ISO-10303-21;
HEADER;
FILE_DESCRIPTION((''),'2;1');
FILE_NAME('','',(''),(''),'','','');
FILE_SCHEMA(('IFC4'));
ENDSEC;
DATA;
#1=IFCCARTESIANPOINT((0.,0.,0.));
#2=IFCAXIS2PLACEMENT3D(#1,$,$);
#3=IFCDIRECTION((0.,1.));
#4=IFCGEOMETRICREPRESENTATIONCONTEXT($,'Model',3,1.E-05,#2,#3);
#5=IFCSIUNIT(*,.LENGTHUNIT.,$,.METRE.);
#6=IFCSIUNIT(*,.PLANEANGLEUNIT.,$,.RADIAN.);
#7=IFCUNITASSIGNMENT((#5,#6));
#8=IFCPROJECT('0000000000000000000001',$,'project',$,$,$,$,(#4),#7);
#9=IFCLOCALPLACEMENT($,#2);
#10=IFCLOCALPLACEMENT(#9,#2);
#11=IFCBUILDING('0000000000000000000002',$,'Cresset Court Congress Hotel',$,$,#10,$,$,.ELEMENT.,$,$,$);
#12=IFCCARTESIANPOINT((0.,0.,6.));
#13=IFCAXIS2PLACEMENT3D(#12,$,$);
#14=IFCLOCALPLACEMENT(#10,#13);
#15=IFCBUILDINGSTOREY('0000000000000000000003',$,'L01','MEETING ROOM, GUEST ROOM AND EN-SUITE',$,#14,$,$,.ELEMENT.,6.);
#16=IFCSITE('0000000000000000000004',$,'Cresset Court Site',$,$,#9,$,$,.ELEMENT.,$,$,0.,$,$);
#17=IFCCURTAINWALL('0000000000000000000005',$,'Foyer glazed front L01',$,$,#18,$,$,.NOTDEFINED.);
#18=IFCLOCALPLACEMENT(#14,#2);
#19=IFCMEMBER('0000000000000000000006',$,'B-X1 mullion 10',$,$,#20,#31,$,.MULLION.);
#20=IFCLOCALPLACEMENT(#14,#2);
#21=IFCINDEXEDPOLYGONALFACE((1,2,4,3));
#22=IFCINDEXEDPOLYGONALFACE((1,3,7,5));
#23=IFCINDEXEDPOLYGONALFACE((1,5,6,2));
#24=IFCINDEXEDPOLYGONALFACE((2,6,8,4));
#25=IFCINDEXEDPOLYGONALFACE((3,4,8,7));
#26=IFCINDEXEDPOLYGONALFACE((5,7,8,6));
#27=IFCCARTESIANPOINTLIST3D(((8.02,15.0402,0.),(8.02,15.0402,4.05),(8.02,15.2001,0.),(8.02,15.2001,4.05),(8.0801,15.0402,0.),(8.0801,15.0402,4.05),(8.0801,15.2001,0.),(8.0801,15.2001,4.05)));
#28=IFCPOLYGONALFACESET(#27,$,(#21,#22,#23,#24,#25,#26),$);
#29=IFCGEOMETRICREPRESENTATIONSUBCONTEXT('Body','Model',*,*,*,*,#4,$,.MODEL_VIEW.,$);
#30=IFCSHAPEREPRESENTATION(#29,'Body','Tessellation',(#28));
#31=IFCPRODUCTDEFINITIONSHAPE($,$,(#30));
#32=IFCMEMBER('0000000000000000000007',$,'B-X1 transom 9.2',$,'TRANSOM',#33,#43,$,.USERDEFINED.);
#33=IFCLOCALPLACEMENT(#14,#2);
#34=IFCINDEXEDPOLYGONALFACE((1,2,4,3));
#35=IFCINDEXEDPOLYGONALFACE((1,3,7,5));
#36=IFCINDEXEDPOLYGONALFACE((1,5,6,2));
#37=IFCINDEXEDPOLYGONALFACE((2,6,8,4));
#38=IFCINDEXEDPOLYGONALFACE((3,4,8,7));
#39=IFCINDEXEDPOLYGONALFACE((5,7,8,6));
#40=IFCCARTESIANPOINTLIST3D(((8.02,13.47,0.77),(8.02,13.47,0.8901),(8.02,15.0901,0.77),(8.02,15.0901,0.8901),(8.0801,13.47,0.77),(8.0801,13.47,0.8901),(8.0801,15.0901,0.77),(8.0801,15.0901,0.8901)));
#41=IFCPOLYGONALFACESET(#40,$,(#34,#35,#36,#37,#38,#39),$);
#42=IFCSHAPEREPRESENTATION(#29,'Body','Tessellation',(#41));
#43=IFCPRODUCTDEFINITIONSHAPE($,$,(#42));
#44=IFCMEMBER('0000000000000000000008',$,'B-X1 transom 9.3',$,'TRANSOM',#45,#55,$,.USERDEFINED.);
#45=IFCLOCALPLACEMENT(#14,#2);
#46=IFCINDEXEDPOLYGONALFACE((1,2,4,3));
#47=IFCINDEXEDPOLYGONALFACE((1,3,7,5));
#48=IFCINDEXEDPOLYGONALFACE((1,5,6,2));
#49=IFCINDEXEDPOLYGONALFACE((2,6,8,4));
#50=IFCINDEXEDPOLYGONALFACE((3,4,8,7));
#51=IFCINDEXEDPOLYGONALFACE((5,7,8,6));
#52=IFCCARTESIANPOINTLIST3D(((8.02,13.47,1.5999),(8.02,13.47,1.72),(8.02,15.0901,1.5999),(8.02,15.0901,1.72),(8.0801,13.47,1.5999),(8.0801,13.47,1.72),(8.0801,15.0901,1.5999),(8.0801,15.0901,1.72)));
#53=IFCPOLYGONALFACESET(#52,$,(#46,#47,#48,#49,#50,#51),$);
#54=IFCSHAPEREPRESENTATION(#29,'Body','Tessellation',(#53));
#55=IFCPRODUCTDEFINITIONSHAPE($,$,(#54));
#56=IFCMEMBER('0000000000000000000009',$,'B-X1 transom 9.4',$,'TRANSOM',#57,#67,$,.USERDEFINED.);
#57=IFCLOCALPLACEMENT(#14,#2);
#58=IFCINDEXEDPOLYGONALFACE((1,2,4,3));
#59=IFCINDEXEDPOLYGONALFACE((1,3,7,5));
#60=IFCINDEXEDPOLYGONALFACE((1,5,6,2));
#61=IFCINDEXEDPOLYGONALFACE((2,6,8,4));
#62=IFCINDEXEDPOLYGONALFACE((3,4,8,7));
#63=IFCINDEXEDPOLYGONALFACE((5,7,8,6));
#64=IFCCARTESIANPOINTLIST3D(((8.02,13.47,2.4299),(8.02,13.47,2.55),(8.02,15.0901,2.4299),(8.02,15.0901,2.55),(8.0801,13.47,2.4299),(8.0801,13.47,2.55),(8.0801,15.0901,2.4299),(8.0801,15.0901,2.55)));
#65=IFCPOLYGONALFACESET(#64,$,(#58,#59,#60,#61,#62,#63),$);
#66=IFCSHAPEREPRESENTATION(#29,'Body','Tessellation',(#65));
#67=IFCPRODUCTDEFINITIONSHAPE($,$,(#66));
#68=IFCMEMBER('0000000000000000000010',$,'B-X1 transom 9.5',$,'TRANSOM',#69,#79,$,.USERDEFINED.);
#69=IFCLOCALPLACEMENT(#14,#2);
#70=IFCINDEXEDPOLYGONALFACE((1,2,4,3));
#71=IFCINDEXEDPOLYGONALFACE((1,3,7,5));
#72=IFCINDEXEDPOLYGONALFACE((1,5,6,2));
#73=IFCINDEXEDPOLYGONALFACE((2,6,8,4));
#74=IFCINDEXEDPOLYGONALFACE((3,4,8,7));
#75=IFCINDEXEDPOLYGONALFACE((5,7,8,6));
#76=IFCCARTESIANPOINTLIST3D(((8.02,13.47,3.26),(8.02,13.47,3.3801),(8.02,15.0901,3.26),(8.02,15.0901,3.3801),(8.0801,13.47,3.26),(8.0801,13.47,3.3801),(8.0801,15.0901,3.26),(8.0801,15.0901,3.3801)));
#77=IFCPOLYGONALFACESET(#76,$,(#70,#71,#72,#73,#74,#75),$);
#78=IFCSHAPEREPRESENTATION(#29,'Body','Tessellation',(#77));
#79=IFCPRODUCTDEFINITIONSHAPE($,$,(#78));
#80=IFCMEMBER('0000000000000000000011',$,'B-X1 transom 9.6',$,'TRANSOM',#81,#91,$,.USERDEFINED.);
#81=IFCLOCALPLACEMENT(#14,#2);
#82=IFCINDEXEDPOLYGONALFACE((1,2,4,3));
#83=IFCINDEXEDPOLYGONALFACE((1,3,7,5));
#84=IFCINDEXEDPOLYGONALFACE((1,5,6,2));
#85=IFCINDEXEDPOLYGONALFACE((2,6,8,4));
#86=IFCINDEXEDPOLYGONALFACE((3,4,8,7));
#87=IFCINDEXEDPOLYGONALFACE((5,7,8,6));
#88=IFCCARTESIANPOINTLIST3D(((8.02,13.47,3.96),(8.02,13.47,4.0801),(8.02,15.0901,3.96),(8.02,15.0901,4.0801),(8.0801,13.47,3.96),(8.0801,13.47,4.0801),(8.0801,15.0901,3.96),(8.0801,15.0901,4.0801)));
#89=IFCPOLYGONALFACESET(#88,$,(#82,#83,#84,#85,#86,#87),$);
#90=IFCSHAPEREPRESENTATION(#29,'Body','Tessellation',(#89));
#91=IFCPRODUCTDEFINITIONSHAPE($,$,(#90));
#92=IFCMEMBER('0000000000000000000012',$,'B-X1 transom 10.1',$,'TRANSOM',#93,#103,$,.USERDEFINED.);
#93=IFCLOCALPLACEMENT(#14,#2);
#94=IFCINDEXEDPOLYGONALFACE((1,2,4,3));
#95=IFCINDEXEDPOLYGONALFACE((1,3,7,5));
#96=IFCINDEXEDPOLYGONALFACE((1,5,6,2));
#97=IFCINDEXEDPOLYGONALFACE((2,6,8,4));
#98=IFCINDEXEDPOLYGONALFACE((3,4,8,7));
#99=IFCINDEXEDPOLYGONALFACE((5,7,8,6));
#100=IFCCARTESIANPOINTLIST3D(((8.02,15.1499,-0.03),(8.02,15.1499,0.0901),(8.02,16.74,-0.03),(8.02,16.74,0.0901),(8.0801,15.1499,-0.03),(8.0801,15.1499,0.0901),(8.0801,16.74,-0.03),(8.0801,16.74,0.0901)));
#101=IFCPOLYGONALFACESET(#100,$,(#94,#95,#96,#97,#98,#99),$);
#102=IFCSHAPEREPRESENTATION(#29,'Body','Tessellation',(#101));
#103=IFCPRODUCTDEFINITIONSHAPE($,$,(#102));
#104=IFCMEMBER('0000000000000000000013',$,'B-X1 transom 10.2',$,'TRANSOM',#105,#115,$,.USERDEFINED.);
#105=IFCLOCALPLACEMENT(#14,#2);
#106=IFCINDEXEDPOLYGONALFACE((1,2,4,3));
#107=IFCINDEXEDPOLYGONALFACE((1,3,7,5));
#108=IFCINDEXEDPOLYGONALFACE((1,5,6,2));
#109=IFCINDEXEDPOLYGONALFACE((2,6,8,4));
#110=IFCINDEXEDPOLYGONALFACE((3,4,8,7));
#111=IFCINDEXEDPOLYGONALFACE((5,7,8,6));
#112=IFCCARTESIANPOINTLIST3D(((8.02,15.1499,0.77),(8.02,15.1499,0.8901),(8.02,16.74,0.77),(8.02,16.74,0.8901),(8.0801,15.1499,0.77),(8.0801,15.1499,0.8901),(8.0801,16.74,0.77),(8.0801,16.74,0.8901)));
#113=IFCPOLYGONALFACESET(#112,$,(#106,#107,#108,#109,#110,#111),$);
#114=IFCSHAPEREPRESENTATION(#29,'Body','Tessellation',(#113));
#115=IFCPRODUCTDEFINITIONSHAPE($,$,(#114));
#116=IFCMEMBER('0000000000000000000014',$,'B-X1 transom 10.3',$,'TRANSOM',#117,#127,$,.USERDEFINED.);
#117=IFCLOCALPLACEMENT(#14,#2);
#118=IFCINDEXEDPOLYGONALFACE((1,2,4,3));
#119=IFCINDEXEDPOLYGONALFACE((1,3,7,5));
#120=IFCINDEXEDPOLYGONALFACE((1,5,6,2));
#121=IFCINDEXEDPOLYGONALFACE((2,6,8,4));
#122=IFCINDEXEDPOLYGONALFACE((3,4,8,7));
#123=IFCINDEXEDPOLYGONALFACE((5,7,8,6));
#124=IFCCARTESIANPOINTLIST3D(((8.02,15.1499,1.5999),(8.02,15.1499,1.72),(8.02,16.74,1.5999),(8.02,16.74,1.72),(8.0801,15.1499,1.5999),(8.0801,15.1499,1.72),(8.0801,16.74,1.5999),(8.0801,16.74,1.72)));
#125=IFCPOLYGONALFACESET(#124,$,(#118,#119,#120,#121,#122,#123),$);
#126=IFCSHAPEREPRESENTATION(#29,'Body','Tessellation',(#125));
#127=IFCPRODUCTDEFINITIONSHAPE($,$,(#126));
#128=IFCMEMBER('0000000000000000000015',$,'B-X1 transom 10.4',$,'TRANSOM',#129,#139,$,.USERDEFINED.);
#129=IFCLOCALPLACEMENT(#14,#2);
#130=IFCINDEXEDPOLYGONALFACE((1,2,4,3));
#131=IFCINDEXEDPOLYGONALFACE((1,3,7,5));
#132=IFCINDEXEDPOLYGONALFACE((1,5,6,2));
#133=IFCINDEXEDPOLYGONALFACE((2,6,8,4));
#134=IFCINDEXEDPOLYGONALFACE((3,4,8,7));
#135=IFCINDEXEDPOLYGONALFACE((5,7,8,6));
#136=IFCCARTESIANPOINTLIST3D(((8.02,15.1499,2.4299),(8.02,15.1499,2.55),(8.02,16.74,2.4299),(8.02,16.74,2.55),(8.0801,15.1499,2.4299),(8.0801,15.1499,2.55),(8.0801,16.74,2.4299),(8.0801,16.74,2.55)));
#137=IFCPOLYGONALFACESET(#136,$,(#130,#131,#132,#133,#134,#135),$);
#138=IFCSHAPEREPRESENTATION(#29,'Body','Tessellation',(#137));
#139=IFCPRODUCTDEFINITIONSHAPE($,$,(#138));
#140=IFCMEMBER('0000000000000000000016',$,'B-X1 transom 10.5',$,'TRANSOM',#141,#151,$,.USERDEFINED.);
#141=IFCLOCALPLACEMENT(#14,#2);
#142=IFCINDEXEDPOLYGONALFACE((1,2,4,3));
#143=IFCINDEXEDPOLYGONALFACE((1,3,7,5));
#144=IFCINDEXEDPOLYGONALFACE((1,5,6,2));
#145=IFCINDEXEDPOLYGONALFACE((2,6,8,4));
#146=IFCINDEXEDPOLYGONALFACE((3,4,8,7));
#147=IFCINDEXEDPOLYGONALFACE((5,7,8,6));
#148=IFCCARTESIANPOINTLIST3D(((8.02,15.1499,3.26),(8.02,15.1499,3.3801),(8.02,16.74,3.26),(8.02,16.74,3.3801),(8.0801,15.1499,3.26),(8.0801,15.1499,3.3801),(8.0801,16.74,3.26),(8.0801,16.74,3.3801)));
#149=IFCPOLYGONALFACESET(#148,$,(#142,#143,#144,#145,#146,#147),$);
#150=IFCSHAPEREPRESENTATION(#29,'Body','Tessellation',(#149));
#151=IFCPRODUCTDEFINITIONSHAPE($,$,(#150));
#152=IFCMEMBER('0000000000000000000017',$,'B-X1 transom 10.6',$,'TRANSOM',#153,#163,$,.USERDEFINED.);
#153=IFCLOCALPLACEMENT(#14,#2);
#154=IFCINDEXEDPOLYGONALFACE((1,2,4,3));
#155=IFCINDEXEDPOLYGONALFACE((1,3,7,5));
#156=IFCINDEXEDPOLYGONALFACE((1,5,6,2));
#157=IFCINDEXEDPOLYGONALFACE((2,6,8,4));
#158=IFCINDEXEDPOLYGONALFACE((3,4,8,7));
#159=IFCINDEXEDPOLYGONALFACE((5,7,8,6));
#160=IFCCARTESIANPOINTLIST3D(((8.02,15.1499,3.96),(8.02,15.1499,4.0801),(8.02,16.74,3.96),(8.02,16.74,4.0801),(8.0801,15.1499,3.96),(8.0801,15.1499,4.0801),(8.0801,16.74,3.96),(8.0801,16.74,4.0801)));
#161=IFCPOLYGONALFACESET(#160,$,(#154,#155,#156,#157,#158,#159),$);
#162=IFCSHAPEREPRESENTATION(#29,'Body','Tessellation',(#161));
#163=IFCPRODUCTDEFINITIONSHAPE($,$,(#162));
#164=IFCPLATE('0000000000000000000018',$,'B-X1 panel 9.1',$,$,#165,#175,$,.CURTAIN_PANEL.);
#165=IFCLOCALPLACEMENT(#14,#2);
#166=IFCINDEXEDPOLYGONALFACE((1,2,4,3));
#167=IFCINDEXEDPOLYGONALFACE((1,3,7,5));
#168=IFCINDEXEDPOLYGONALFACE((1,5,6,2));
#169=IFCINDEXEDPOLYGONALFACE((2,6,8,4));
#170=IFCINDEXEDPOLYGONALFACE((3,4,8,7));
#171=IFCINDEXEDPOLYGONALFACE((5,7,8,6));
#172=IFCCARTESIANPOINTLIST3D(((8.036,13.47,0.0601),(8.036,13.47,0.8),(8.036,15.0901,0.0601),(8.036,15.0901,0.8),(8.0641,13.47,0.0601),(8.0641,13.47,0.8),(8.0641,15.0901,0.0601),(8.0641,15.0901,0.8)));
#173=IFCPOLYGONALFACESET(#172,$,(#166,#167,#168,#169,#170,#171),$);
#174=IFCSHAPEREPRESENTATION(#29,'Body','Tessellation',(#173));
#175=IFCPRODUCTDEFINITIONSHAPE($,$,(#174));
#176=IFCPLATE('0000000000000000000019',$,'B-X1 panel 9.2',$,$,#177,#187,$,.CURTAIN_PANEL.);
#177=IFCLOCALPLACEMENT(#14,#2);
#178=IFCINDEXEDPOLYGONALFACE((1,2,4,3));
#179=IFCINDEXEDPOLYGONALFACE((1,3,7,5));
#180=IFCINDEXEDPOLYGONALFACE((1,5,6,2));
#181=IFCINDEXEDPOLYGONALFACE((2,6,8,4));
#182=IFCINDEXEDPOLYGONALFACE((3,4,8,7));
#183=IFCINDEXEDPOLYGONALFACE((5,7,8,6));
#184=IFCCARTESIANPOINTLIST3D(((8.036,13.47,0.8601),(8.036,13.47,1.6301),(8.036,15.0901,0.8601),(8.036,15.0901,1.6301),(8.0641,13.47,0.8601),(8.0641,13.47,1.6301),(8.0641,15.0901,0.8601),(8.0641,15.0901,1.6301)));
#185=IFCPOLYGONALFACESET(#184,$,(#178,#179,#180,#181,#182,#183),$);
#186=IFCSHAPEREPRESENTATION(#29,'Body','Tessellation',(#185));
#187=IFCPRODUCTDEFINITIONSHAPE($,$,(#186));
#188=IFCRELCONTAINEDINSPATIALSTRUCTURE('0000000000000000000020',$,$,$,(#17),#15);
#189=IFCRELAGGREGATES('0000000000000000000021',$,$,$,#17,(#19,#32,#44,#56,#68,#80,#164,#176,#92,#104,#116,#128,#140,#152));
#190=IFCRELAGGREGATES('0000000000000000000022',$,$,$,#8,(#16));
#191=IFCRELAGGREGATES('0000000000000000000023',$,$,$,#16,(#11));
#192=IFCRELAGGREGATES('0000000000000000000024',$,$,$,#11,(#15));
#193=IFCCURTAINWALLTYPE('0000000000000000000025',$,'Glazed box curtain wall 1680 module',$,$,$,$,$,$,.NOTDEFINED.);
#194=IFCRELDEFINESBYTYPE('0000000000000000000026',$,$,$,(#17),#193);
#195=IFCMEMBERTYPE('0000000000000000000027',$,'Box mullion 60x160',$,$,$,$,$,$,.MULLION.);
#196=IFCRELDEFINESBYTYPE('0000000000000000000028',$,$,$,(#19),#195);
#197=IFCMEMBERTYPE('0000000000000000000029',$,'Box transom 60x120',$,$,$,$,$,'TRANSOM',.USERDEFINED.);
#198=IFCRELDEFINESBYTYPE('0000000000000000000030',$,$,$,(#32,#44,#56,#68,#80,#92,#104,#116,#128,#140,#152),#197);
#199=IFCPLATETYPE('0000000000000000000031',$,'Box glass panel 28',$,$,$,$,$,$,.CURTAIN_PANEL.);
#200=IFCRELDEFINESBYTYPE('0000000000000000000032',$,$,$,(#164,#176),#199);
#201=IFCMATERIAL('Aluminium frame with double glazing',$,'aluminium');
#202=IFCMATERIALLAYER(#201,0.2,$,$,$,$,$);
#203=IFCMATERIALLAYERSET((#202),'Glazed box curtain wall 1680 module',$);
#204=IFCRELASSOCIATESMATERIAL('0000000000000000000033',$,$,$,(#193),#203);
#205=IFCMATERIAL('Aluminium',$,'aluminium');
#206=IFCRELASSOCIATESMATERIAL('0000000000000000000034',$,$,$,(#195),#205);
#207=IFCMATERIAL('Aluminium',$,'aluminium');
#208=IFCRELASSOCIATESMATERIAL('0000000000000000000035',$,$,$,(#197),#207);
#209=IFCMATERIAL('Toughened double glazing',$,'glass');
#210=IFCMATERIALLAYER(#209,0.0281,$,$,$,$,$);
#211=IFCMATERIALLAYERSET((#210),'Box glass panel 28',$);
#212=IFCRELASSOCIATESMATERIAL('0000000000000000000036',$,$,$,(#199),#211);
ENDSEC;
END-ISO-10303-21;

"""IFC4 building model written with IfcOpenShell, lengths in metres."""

from ifc_helpers import new_model, si_unit, direction, frame, origin, origin_2d, place, context, subcontext, project, spatial, rectangle, extrude, material, layer, layer_set, material_profile, profile_set, type_object, element, aggregate, save


model = new_model("IFC4")

# Units and contexts
model_context = context("Model", 3, precision=1e-05, world=origin(), true_north=direction((0.0, 1.0)))
body_context = subcontext(model_context, "Body", "Model", "MODEL_VIEW")
ifc_project = project(units=[si_unit("LENGTHUNIT", "METRE"), si_unit("PLANEANGLEUNIT", "RADIAN")], contexts=[model_context])

# Site, building, storey
site_placement = place(None, origin())
site = spatial("IfcSite", under=ifc_project, at=site_placement, Name="Cresset Court Site", CompositionType="ELEMENT", RefElevation=0.0)
building_placement = place(site_placement, origin())
building = spatial("IfcBuilding", under=site, at=building_placement, Name="Cresset Court Congress Hotel", CompositionType="ELEMENT")
storey_placement = place(building_placement, frame((0.0, 0.0, 6.0)))
storey = spatial("IfcBuildingStorey", under=building, at=storey_placement, Name="L01", Description="MEETING ROOM, GUEST ROOM AND EN-SUITE", CompositionType="ELEMENT", Elevation=6.0)

# Curtain wall, members, plates
ifc_material_1 = material(Name="Aluminium frame with double glazing", Category="aluminium")
ifc_layer_1 = layer(ifc_material_1, 0.2)
ifc_layer_set_1 = layer_set([ifc_layer_1], Name="Glazed box curtain wall 1680 module")
curtain_wall_type = type_object("IfcCurtainWallType", Name="Glazed box curtain wall 1680 module", PredefinedType="NOTDEFINED", material=ifc_layer_set_1)
curtain_wall_placement = place(storey_placement, origin())
curtain_wall = element("IfcCurtainWall", 1, at=curtain_wall_placement, inside=storey, type_object=curtain_wall_type, Name="Foyer glazed front L01", PredefinedType="NOTDEFINED")
ifc_material_2 = material(Name="Aluminium", Category="aluminium")
ifc_material_profile_1 = material_profile(ifc_material_2, rectangle(XDim=0.0601, YDim=0.1599, at=origin_2d()), Name="Box mullion 60x160")
ifc_profile_set_1 = profile_set([ifc_material_profile_1], Name="Aluminium")
member_type_1 = type_object("IfcMemberType", Name="Box mullion 60x160", PredefinedType="MULLION", material=ifc_profile_set_1)
member_1_placement = place(storey_placement, frame((8.05, 15.1201, 0.0), z_axis=(0.0, 0.0, 1.0), x_axis=(-1.0, 0.0, 0.0)))
member_1 = element("IfcMember", 2, at=member_1_placement, type_object=member_type_1, Name="B-X1 mullion 10", PredefinedType="MULLION", context=body_context, shape_type="SweptSolid", body=[
    extrude(rectangle(XDim=0.0601, YDim=0.1599, at=origin_2d()), origin(), (0.0, 0.0, 1.0), 4.05),
])
ifc_material_3 = material(Name="Aluminium", Category="aluminium")
ifc_material_profile_2 = material_profile(ifc_material_3, rectangle(XDim=0.0601, YDim=0.1201, at=origin_2d()), Name="Box transom 60x120")
ifc_profile_set_2 = profile_set([ifc_material_profile_2], Name="Aluminium")
member_type_2 = type_object("IfcMemberType", Name="Box transom 60x120", ElementType="TRANSOM", PredefinedType="USERDEFINED", material=ifc_profile_set_2)
member_2_placement = place(storey_placement, frame((8.05, 13.47, 0.8301), z_axis=(0.0, 1.0, 0.0), x_axis=(-1.0, 0.0, 0.0)))
member_2 = element("IfcMember", 3, at=member_2_placement, type_object=member_type_2, Name="B-X1 transom 9.2", ObjectType="TRANSOM", PredefinedType="USERDEFINED", context=body_context, shape_type="SweptSolid", body=[
    extrude(rectangle(XDim=0.0601, YDim=0.1201, at=origin_2d()), origin(), (0.0, 0.0, 1.0), 1.6201),
])
member_3_placement = place(storey_placement, frame((8.05, 13.47, 1.6599), z_axis=(0.0, 1.0, 0.0), x_axis=(-1.0, 0.0, 0.0)))
member_3 = element("IfcMember", 4, at=member_3_placement, type_object=member_type_2, Name="B-X1 transom 9.3", ObjectType="TRANSOM", PredefinedType="USERDEFINED", context=body_context, shape_type="SweptSolid", body=[
    extrude(rectangle(XDim=0.0601, YDim=0.1201, at=origin_2d()), origin(), (0.0, 0.0, 1.0), 1.6201),
])
member_4_placement = place(storey_placement, frame((8.05, 13.47, 2.49), z_axis=(0.0, 1.0, 0.0), x_axis=(-1.0, 0.0, 0.0)))
member_4 = element("IfcMember", 5, at=member_4_placement, type_object=member_type_2, Name="B-X1 transom 9.4", ObjectType="TRANSOM", PredefinedType="USERDEFINED", context=body_context, shape_type="SweptSolid", body=[
    extrude(rectangle(XDim=0.0601, YDim=0.1201, at=origin_2d()), origin(), (0.0, 0.0, 1.0), 1.6201),
])
member_5_placement = place(storey_placement, frame((8.05, 13.47, 3.3201), z_axis=(0.0, 1.0, 0.0), x_axis=(-1.0, 0.0, 0.0)))
member_5 = element("IfcMember", 6, at=member_5_placement, type_object=member_type_2, Name="B-X1 transom 9.5", ObjectType="TRANSOM", PredefinedType="USERDEFINED", context=body_context, shape_type="SweptSolid", body=[
    extrude(rectangle(XDim=0.0601, YDim=0.1201, at=origin_2d()), origin(), (0.0, 0.0, 1.0), 1.6201),
])
member_6_placement = place(storey_placement, frame((8.05, 13.47, 4.02), z_axis=(0.0, 1.0, 0.0), x_axis=(-1.0, 0.0, 0.0)))
member_6 = element("IfcMember", 7, at=member_6_placement, type_object=member_type_2, Name="B-X1 transom 9.6", ObjectType="TRANSOM", PredefinedType="USERDEFINED", context=body_context, shape_type="SweptSolid", body=[
    extrude(rectangle(XDim=0.0601, YDim=0.1201, at=origin_2d()), origin(), (0.0, 0.0, 1.0), 1.6201),
])
member_7_placement = place(storey_placement, frame((8.05, 15.1499, 0.03), z_axis=(0.0, 1.0, 0.0), x_axis=(-1.0, 0.0, 0.0)))
member_7 = element("IfcMember", 8, at=member_7_placement, type_object=member_type_2, Name="B-X1 transom 10.1", ObjectType="TRANSOM", PredefinedType="USERDEFINED", context=body_context, shape_type="SweptSolid", body=[
    extrude(rectangle(XDim=0.0601, YDim=0.1201, at=origin_2d()), origin(), (0.0, 0.0, 1.0), 1.5901),
])
member_8_placement = place(storey_placement, frame((8.05, 15.1499, 0.8301), z_axis=(0.0, 1.0, 0.0), x_axis=(-1.0, 0.0, 0.0)))
member_8 = element("IfcMember", 9, at=member_8_placement, type_object=member_type_2, Name="B-X1 transom 10.2", ObjectType="TRANSOM", PredefinedType="USERDEFINED", context=body_context, shape_type="SweptSolid", body=[
    extrude(rectangle(XDim=0.0601, YDim=0.1201, at=origin_2d()), origin(), (0.0, 0.0, 1.0), 1.5901),
])
member_9_placement = place(storey_placement, frame((8.05, 15.1499, 1.6599), z_axis=(0.0, 1.0, 0.0), x_axis=(-1.0, 0.0, 0.0)))
member_9 = element("IfcMember", 10, at=member_9_placement, type_object=member_type_2, Name="B-X1 transom 10.3", ObjectType="TRANSOM", PredefinedType="USERDEFINED", context=body_context, shape_type="SweptSolid", body=[
    extrude(rectangle(XDim=0.0601, YDim=0.1201, at=origin_2d()), origin(), (0.0, 0.0, 1.0), 1.5901),
])
member_10_placement = place(storey_placement, frame((8.05, 15.1499, 2.49), z_axis=(0.0, 1.0, 0.0), x_axis=(-1.0, 0.0, 0.0)))
member_10 = element("IfcMember", 11, at=member_10_placement, type_object=member_type_2, Name="B-X1 transom 10.4", ObjectType="TRANSOM", PredefinedType="USERDEFINED", context=body_context, shape_type="SweptSolid", body=[
    extrude(rectangle(XDim=0.0601, YDim=0.1201, at=origin_2d()), origin(), (0.0, 0.0, 1.0), 1.5901),
])
member_11_placement = place(storey_placement, frame((8.05, 15.1499, 3.3201), z_axis=(0.0, 1.0, 0.0), x_axis=(-1.0, 0.0, 0.0)))
member_11 = element("IfcMember", 12, at=member_11_placement, type_object=member_type_2, Name="B-X1 transom 10.5", ObjectType="TRANSOM", PredefinedType="USERDEFINED", context=body_context, shape_type="SweptSolid", body=[
    extrude(rectangle(XDim=0.0601, YDim=0.1201, at=origin_2d()), origin(), (0.0, 0.0, 1.0), 1.5901),
])
member_12_placement = place(storey_placement, frame((8.05, 15.1499, 4.02), z_axis=(0.0, 1.0, 0.0), x_axis=(-1.0, 0.0, 0.0)))
member_12 = element("IfcMember", 13, at=member_12_placement, type_object=member_type_2, Name="B-X1 transom 10.6", ObjectType="TRANSOM", PredefinedType="USERDEFINED", context=body_context, shape_type="SweptSolid", body=[
    extrude(rectangle(XDim=0.0601, YDim=0.1201, at=origin_2d()), origin(), (0.0, 0.0, 1.0), 1.5901),
])
ifc_material_4 = material(Name="Toughened double glazing", Category="glass")
ifc_layer_2 = layer(ifc_material_4, 0.0281)
ifc_layer_set_2 = layer_set([ifc_layer_2], Name="Box glass panel 28")
plate_type_1 = type_object("IfcPlateType", Name="Box glass panel 28", PredefinedType="CURTAIN_PANEL", material=ifc_layer_set_2)
plate_1_placement = place(storey_placement, frame((8.05, 14.28, 0.0601), z_axis=(0.0, 0.0, 1.0), x_axis=(0.0, 1.0, 0.0)))
plate_1 = element("IfcPlate", 14, at=plate_1_placement, type_object=plate_type_1, Name="B-X1 panel 9.1", PredefinedType="CURTAIN_PANEL", context=body_context, shape_type="SweptSolid", body=[
    extrude(rectangle(XDim=1.6201, YDim=0.0281, at=origin_2d()), origin(), (0.0, 0.0, 1.0), 0.74),
])
plate_2_placement = place(storey_placement, frame((8.05, 14.28, 0.8601), z_axis=(0.0, 0.0, 1.0), x_axis=(0.0, 1.0, 0.0)))
plate_2 = element("IfcPlate", 15, at=plate_2_placement, type_object=plate_type_1, Name="B-X1 panel 9.2", PredefinedType="CURTAIN_PANEL", context=body_context, shape_type="SweptSolid", body=[
    extrude(rectangle(XDim=1.6201, YDim=0.0281, at=origin_2d()), origin(), (0.0, 0.0, 1.0), 0.77),
])
aggregate(curtain_wall, [member_1, member_2, member_3, member_4, member_5, member_6, plate_1, plate_2, member_7, member_8, member_9, member_10, member_11, member_12])

save(model, "model.ifc")
